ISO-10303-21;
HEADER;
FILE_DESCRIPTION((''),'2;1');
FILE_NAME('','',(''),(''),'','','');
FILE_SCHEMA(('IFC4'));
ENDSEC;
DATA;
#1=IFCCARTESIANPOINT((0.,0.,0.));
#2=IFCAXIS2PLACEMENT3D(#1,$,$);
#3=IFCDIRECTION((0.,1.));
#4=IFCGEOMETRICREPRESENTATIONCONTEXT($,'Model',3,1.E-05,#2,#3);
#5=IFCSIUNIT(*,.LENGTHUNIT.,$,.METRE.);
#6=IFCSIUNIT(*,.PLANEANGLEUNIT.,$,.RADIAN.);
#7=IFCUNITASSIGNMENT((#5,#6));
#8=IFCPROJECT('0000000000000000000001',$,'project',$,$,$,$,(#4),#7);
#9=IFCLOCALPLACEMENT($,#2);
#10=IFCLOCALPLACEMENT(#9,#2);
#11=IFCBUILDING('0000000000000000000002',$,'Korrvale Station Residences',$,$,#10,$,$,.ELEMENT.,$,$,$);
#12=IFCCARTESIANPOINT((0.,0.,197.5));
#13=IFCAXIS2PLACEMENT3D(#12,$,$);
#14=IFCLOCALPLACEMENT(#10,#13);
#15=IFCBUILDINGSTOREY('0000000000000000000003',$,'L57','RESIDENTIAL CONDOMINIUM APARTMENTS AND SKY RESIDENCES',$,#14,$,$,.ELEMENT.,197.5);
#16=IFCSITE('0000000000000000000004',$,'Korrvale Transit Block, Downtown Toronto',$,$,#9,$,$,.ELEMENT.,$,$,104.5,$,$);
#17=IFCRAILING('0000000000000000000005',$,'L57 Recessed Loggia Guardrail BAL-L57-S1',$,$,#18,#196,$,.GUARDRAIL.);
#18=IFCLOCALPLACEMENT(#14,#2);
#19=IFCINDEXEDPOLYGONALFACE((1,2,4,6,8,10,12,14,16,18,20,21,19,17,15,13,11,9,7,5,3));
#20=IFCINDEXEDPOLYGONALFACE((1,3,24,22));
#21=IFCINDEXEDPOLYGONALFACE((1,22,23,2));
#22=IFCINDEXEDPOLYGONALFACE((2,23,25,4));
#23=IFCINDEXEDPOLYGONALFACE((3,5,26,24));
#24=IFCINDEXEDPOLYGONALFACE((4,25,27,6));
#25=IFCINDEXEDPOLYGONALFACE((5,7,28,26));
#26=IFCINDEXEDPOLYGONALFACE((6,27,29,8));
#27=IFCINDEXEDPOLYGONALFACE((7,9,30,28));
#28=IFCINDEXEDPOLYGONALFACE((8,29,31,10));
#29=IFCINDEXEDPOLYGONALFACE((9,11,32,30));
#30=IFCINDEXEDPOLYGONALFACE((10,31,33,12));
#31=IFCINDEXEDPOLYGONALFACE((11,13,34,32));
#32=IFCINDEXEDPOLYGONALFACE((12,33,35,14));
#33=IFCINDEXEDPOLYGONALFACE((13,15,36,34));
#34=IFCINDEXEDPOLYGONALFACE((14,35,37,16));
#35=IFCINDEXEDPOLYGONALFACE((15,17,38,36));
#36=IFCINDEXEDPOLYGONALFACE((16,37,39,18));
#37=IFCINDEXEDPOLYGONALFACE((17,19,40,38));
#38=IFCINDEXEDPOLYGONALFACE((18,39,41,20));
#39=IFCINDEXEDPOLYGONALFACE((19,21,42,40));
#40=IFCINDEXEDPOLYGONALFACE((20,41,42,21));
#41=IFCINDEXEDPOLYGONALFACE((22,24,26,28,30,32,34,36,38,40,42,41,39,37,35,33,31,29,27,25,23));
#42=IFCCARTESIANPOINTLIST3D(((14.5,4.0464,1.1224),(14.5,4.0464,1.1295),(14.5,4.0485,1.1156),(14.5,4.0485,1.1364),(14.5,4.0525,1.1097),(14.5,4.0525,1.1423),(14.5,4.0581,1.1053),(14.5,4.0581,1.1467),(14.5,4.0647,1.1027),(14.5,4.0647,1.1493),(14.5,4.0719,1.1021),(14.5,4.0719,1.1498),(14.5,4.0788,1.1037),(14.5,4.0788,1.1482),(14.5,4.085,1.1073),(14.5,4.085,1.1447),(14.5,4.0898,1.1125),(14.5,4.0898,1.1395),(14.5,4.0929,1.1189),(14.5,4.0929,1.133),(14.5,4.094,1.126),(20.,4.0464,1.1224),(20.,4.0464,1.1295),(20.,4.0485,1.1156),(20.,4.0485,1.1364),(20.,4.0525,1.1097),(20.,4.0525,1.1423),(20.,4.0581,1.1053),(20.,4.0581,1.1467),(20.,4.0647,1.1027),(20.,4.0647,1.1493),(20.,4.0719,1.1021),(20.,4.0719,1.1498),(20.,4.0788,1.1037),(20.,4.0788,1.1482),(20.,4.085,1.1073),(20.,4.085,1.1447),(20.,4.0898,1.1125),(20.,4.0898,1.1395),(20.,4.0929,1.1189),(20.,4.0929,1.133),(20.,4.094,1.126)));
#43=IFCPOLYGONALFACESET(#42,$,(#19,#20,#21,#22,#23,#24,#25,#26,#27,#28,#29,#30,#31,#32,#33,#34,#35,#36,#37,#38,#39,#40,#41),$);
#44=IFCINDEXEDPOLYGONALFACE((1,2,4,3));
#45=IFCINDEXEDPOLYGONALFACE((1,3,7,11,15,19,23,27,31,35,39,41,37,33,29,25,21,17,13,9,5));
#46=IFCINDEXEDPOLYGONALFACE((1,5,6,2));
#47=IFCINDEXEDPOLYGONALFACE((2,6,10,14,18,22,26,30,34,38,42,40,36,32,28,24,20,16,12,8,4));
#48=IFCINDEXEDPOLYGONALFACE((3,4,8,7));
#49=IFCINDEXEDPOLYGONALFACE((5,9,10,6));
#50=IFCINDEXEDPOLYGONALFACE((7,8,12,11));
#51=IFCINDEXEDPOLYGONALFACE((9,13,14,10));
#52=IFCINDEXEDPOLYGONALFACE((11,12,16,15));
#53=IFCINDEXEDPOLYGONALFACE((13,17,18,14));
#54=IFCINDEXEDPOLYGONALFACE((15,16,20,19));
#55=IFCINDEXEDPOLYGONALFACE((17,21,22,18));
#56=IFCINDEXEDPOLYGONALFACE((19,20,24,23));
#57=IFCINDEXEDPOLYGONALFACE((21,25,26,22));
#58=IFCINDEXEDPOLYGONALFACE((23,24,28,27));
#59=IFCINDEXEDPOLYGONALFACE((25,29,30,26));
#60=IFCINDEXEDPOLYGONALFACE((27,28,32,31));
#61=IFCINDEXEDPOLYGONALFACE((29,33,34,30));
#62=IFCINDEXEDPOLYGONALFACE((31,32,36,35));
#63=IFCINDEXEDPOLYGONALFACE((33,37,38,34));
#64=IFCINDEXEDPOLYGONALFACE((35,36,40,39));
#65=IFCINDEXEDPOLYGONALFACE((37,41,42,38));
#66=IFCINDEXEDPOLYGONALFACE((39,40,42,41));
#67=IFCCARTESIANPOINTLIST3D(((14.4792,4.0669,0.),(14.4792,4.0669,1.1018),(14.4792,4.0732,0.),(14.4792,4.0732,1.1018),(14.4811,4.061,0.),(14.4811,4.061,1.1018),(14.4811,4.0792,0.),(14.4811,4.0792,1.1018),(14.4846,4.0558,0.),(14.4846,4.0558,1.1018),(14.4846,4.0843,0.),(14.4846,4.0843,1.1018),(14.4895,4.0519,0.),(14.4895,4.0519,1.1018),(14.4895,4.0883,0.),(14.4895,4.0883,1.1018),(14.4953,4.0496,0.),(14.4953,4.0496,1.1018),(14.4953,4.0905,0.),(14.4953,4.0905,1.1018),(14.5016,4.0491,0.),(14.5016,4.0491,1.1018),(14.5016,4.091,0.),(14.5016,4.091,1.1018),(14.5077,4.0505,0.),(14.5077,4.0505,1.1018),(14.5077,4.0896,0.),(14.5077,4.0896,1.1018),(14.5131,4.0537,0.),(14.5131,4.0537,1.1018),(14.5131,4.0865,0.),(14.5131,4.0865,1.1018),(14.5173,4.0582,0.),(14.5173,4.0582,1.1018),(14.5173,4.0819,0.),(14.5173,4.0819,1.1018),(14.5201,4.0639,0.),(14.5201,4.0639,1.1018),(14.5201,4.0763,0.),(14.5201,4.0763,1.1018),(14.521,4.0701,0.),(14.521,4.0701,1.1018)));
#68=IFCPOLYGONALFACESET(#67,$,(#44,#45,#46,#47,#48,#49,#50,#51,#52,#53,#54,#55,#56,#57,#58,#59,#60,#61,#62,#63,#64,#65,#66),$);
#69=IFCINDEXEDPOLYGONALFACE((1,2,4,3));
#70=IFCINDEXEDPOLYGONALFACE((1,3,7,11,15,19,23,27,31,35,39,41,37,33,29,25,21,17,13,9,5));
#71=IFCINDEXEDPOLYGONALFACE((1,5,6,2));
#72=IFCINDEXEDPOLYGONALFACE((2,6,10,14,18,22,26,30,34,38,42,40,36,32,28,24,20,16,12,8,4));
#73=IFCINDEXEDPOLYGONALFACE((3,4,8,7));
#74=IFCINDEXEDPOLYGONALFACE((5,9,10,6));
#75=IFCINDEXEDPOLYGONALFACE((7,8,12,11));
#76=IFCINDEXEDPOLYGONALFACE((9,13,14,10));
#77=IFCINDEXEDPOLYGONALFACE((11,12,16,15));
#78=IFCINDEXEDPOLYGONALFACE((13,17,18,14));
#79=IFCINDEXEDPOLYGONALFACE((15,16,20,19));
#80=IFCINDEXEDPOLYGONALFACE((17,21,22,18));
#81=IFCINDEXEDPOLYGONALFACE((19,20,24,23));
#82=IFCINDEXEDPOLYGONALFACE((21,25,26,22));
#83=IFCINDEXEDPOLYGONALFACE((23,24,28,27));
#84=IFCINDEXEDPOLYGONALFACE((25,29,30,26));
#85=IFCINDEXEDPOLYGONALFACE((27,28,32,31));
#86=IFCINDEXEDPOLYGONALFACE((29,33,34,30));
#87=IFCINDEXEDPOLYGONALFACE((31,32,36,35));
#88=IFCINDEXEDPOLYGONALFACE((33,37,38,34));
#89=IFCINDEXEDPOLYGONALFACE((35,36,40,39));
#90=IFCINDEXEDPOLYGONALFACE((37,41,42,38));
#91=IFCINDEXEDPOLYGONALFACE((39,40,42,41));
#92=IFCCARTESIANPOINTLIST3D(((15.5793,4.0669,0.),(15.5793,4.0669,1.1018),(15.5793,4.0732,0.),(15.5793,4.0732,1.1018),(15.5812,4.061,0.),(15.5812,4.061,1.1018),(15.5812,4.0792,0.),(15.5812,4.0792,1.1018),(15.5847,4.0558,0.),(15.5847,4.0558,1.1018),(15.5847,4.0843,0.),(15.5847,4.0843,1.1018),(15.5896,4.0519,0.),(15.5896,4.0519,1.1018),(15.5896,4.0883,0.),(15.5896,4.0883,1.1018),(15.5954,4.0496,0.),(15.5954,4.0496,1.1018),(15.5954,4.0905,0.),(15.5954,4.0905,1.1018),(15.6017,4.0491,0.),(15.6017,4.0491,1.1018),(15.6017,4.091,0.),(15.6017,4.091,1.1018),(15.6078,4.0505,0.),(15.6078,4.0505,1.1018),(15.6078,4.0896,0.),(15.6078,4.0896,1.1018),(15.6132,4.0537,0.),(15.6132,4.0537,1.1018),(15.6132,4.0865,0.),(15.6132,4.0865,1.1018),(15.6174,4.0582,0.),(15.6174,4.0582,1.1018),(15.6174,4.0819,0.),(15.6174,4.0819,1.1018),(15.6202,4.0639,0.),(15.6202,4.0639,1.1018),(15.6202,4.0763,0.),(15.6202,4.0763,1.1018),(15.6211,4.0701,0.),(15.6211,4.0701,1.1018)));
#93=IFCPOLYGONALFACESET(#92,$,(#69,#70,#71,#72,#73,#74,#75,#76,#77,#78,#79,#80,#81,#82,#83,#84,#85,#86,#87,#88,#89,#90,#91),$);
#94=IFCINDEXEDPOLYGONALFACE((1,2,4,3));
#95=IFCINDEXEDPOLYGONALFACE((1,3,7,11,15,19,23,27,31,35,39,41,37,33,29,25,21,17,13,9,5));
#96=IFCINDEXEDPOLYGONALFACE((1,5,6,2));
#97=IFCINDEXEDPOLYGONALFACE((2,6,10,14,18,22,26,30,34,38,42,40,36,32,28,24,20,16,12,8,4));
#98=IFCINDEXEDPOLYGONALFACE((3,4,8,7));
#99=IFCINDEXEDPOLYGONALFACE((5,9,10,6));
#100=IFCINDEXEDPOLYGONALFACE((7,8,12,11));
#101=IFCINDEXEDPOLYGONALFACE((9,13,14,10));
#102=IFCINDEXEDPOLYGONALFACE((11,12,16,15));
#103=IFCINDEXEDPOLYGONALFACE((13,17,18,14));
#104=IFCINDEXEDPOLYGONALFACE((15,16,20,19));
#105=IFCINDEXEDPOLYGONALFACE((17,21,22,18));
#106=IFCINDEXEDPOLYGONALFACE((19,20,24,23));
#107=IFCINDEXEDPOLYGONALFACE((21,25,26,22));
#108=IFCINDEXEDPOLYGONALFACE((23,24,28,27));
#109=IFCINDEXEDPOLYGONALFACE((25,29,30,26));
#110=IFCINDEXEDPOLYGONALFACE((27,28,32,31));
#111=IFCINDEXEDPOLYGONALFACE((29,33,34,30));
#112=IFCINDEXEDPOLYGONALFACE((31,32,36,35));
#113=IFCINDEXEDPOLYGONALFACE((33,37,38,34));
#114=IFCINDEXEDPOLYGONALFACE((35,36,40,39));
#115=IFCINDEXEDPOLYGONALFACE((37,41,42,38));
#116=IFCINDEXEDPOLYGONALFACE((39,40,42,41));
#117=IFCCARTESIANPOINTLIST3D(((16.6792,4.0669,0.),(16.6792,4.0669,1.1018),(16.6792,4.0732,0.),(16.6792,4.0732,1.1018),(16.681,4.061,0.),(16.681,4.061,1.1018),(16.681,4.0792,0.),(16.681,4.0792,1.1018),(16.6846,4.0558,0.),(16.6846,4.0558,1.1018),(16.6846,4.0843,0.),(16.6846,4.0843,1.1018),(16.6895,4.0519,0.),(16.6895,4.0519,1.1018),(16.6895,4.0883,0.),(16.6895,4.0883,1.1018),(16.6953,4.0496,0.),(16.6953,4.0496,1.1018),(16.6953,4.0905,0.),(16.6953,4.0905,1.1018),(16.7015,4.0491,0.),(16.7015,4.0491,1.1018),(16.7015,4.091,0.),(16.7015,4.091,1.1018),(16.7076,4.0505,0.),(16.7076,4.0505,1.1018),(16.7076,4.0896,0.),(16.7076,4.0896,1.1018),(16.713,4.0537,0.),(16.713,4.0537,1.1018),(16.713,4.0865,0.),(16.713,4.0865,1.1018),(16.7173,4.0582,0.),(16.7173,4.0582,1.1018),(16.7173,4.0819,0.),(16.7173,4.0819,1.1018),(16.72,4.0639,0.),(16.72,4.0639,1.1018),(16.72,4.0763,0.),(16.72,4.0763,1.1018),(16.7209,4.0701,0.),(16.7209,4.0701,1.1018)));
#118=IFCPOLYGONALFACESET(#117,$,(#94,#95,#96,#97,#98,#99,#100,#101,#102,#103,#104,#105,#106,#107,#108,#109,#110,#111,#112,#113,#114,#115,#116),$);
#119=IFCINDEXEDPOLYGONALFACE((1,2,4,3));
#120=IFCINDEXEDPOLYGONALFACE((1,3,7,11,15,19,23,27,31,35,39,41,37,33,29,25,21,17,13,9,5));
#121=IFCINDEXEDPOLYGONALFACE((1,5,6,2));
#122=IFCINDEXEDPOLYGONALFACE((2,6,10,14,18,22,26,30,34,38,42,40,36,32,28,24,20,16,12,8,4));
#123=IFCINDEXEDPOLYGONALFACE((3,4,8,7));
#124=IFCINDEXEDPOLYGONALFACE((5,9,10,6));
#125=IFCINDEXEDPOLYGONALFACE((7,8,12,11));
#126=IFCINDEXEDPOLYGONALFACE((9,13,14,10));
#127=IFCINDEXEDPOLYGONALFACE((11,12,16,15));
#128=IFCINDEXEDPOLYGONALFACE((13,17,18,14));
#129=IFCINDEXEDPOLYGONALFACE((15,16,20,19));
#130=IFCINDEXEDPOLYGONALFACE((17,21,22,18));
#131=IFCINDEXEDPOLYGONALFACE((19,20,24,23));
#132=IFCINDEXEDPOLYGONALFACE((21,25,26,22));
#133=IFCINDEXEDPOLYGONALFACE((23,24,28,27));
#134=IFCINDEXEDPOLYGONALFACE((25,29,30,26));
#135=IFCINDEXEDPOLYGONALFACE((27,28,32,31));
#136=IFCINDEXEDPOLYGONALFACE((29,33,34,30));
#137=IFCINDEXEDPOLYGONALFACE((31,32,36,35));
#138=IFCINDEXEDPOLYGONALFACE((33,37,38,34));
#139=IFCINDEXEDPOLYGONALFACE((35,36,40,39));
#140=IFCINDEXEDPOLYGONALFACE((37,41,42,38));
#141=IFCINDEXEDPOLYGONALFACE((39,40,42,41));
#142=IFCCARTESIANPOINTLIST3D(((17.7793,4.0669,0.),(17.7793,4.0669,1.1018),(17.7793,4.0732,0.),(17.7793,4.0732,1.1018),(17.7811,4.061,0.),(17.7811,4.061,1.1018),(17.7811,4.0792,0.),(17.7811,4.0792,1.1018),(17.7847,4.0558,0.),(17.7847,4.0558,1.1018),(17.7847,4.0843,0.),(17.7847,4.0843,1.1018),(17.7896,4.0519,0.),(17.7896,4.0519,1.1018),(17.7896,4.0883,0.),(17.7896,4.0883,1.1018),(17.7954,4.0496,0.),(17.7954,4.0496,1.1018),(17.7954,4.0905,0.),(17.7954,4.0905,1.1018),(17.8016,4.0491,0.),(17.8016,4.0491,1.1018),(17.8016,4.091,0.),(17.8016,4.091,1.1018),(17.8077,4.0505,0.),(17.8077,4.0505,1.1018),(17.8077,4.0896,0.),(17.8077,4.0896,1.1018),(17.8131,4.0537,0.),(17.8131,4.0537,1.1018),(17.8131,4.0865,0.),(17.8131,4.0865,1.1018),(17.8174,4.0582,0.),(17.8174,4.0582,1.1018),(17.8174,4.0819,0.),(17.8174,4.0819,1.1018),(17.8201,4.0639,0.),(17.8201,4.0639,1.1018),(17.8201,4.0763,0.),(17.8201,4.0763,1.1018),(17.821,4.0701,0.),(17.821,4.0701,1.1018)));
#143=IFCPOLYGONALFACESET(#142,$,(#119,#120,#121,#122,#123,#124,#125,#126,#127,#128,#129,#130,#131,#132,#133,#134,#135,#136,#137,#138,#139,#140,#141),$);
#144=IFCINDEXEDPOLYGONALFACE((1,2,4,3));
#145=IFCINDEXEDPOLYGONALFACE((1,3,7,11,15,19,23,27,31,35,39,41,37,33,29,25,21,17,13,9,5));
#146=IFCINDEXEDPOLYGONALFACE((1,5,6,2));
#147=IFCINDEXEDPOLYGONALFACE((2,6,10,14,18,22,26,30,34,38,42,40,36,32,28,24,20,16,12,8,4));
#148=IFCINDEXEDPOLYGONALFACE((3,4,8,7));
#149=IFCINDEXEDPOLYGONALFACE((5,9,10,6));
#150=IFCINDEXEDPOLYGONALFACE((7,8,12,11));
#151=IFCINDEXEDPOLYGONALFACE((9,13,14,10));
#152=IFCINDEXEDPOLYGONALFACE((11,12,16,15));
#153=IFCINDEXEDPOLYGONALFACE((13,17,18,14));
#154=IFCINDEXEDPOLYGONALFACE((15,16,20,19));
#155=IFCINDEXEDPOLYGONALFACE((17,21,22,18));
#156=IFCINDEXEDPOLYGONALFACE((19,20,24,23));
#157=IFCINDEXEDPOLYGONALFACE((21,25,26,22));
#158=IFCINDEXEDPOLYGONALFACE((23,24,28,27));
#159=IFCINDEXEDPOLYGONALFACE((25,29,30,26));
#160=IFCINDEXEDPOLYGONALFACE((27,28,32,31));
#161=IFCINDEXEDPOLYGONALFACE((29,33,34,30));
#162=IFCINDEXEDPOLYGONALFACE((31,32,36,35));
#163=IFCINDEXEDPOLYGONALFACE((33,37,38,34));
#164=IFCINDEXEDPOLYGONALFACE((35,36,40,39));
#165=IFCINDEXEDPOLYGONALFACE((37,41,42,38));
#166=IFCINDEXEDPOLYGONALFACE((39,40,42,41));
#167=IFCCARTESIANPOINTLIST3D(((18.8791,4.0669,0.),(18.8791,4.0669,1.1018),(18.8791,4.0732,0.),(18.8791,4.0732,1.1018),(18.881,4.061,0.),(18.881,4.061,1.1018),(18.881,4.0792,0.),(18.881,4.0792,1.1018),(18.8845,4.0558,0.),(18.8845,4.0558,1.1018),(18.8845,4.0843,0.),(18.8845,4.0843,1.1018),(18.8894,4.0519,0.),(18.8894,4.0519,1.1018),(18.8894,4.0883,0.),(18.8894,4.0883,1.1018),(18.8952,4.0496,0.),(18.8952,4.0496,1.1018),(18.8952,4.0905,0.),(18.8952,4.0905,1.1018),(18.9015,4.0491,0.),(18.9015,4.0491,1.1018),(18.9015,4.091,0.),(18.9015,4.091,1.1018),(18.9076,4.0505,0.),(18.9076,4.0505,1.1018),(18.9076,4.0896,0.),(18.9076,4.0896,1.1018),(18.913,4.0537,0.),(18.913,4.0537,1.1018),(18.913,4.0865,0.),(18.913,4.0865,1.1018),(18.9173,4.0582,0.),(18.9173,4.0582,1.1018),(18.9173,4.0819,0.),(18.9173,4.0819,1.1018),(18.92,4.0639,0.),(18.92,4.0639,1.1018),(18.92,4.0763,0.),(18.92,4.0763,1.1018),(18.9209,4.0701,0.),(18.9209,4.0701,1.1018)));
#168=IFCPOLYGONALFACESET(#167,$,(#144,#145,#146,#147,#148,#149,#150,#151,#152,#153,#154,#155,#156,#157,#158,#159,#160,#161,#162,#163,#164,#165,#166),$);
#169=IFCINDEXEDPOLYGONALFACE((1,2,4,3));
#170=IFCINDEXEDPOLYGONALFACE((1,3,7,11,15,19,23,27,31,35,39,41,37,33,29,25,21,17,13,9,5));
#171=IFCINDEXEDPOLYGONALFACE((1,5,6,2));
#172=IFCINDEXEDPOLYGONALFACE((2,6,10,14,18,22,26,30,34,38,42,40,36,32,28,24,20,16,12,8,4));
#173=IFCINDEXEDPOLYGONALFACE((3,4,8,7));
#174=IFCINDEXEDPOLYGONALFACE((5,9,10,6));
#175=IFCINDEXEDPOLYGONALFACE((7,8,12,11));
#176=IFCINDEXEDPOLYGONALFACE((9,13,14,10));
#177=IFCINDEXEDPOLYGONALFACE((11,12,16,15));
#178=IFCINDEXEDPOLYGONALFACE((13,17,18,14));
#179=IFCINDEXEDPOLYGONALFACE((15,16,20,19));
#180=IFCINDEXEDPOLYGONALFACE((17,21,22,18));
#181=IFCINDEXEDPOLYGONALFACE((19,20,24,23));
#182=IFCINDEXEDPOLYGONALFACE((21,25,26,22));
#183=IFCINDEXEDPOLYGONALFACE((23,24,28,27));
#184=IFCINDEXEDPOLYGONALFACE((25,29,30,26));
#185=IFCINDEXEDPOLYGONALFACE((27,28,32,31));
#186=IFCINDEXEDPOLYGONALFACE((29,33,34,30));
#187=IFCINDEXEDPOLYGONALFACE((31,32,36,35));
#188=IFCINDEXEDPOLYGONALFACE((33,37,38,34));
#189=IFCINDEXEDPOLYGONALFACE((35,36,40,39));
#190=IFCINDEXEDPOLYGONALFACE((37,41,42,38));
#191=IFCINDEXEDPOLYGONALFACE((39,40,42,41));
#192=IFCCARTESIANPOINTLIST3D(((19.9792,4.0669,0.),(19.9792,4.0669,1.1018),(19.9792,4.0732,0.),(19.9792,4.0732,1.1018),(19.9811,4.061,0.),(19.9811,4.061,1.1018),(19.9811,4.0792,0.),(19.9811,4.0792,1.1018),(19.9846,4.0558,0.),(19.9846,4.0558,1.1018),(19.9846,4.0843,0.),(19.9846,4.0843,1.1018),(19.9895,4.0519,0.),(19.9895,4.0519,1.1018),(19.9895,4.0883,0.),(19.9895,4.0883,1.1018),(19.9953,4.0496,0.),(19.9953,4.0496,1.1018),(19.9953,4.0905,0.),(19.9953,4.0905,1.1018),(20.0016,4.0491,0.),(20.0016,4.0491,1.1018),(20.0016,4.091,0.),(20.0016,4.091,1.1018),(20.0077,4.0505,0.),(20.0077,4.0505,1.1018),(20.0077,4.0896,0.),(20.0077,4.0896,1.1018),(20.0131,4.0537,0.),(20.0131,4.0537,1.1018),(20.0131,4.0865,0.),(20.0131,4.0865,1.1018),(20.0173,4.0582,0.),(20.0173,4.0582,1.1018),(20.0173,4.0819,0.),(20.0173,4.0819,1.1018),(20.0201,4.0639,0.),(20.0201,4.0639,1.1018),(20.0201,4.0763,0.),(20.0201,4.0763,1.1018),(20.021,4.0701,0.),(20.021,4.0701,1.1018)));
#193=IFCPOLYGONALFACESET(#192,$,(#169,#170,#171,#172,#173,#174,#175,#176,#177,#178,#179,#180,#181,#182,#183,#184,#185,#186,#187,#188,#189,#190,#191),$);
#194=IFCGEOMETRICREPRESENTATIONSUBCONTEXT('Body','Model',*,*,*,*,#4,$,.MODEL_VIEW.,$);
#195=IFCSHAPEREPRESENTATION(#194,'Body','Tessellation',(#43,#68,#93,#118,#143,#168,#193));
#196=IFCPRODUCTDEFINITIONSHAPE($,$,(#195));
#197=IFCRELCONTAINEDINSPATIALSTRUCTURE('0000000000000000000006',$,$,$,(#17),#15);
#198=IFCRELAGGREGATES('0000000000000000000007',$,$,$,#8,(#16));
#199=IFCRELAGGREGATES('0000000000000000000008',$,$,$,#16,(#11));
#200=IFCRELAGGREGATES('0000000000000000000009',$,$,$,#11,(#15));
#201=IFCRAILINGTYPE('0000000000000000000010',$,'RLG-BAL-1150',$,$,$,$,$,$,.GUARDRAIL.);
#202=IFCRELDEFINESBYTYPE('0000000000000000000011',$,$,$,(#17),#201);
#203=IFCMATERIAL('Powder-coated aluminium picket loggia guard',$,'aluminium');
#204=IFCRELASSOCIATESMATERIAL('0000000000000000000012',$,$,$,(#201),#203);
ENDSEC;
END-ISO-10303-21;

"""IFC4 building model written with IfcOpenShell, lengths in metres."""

from ifc_helpers import new_model, si_unit, direction, frame, origin, origin_2d, place, context, subcontext, project, spatial, circle, extrude, material, type_object, element, save


model = new_model("IFC4")

# Units and contexts
model_context = context("Model", 3, precision=1e-05, world=origin(), true_north=direction((0.0, 1.0)))
body_context = subcontext(model_context, "Body", "Model", "MODEL_VIEW")
ifc_project = project(units=[si_unit("LENGTHUNIT", "METRE"), si_unit("PLANEANGLEUNIT", "RADIAN")], contexts=[model_context])

# Site, building, storey
site_placement = place(None, origin())
site = spatial("IfcSite", under=ifc_project, at=site_placement, Name="Korrvale Transit Block, Downtown Toronto", CompositionType="ELEMENT", RefElevation=104.5)
building_placement = place(site_placement, origin())
building = spatial("IfcBuilding", under=site, at=building_placement, Name="Korrvale Station Residences", CompositionType="ELEMENT")
storey_placement = place(building_placement, frame((0.0, 0.0, 197.5)))
storey = spatial("IfcBuildingStorey", under=building, at=storey_placement, Name="L57", Description="RESIDENTIAL CONDOMINIUM APARTMENTS AND SKY RESIDENCES", CompositionType="ELEMENT", Elevation=197.5)

# Railing
ifc_material_1 = material(Name="Powder-coated aluminium picket loggia guard", Category="aluminium")
railing_type = type_object("IfcRailingType", Name="RLG-BAL-1150", PredefinedType="GUARDRAIL", material=ifc_material_1)
railing_placement = place(storey_placement, frame((14.5, 4.0701, 0.0)))
element("IfcRailing", 1, at=railing_placement, inside=storey, type_object=railing_type, Name="L57 Recessed Loggia Guardrail BAL-L57-S1", PredefinedType="GUARDRAIL", context=body_context, shape_type="SweptSolid", body=[
    extrude(circle(Radius=0.0239, at=origin_2d()), frame((0.0, 0.0, 1.126), z_axis=(1.0, 0.0, 0.0), x_axis=(0.0, 1.0, 0.0)), (0.0, 0.0, 1.0), 5.5),
    extrude(circle(Radius=0.021, at=origin_2d()), origin(), (0.0, 0.0, 1.0), 1.1018),
    extrude(circle(Radius=0.021, at=origin_2d()), frame((1.1001, 0.0, 0.0)), (0.0, 0.0, 1.0), 1.1018),
    extrude(circle(Radius=0.021, at=origin_2d()), frame((2.2, 0.0, 0.0)), (0.0, 0.0, 1.0), 1.1018),
    extrude(circle(Radius=0.021, at=origin_2d()), frame((3.3, 0.0, 0.0)), (0.0, 0.0, 1.0), 1.1018),
    extrude(circle(Radius=0.021, at=origin_2d()), frame((4.3999, 0.0, 0.0)), (0.0, 0.0, 1.0), 1.1018),
    extrude(circle(Radius=0.021, at=origin_2d()), frame((5.5, 0.0, 0.0)), (0.0, 0.0, 1.0), 1.1018),
])

save(model, "model.ifc")
